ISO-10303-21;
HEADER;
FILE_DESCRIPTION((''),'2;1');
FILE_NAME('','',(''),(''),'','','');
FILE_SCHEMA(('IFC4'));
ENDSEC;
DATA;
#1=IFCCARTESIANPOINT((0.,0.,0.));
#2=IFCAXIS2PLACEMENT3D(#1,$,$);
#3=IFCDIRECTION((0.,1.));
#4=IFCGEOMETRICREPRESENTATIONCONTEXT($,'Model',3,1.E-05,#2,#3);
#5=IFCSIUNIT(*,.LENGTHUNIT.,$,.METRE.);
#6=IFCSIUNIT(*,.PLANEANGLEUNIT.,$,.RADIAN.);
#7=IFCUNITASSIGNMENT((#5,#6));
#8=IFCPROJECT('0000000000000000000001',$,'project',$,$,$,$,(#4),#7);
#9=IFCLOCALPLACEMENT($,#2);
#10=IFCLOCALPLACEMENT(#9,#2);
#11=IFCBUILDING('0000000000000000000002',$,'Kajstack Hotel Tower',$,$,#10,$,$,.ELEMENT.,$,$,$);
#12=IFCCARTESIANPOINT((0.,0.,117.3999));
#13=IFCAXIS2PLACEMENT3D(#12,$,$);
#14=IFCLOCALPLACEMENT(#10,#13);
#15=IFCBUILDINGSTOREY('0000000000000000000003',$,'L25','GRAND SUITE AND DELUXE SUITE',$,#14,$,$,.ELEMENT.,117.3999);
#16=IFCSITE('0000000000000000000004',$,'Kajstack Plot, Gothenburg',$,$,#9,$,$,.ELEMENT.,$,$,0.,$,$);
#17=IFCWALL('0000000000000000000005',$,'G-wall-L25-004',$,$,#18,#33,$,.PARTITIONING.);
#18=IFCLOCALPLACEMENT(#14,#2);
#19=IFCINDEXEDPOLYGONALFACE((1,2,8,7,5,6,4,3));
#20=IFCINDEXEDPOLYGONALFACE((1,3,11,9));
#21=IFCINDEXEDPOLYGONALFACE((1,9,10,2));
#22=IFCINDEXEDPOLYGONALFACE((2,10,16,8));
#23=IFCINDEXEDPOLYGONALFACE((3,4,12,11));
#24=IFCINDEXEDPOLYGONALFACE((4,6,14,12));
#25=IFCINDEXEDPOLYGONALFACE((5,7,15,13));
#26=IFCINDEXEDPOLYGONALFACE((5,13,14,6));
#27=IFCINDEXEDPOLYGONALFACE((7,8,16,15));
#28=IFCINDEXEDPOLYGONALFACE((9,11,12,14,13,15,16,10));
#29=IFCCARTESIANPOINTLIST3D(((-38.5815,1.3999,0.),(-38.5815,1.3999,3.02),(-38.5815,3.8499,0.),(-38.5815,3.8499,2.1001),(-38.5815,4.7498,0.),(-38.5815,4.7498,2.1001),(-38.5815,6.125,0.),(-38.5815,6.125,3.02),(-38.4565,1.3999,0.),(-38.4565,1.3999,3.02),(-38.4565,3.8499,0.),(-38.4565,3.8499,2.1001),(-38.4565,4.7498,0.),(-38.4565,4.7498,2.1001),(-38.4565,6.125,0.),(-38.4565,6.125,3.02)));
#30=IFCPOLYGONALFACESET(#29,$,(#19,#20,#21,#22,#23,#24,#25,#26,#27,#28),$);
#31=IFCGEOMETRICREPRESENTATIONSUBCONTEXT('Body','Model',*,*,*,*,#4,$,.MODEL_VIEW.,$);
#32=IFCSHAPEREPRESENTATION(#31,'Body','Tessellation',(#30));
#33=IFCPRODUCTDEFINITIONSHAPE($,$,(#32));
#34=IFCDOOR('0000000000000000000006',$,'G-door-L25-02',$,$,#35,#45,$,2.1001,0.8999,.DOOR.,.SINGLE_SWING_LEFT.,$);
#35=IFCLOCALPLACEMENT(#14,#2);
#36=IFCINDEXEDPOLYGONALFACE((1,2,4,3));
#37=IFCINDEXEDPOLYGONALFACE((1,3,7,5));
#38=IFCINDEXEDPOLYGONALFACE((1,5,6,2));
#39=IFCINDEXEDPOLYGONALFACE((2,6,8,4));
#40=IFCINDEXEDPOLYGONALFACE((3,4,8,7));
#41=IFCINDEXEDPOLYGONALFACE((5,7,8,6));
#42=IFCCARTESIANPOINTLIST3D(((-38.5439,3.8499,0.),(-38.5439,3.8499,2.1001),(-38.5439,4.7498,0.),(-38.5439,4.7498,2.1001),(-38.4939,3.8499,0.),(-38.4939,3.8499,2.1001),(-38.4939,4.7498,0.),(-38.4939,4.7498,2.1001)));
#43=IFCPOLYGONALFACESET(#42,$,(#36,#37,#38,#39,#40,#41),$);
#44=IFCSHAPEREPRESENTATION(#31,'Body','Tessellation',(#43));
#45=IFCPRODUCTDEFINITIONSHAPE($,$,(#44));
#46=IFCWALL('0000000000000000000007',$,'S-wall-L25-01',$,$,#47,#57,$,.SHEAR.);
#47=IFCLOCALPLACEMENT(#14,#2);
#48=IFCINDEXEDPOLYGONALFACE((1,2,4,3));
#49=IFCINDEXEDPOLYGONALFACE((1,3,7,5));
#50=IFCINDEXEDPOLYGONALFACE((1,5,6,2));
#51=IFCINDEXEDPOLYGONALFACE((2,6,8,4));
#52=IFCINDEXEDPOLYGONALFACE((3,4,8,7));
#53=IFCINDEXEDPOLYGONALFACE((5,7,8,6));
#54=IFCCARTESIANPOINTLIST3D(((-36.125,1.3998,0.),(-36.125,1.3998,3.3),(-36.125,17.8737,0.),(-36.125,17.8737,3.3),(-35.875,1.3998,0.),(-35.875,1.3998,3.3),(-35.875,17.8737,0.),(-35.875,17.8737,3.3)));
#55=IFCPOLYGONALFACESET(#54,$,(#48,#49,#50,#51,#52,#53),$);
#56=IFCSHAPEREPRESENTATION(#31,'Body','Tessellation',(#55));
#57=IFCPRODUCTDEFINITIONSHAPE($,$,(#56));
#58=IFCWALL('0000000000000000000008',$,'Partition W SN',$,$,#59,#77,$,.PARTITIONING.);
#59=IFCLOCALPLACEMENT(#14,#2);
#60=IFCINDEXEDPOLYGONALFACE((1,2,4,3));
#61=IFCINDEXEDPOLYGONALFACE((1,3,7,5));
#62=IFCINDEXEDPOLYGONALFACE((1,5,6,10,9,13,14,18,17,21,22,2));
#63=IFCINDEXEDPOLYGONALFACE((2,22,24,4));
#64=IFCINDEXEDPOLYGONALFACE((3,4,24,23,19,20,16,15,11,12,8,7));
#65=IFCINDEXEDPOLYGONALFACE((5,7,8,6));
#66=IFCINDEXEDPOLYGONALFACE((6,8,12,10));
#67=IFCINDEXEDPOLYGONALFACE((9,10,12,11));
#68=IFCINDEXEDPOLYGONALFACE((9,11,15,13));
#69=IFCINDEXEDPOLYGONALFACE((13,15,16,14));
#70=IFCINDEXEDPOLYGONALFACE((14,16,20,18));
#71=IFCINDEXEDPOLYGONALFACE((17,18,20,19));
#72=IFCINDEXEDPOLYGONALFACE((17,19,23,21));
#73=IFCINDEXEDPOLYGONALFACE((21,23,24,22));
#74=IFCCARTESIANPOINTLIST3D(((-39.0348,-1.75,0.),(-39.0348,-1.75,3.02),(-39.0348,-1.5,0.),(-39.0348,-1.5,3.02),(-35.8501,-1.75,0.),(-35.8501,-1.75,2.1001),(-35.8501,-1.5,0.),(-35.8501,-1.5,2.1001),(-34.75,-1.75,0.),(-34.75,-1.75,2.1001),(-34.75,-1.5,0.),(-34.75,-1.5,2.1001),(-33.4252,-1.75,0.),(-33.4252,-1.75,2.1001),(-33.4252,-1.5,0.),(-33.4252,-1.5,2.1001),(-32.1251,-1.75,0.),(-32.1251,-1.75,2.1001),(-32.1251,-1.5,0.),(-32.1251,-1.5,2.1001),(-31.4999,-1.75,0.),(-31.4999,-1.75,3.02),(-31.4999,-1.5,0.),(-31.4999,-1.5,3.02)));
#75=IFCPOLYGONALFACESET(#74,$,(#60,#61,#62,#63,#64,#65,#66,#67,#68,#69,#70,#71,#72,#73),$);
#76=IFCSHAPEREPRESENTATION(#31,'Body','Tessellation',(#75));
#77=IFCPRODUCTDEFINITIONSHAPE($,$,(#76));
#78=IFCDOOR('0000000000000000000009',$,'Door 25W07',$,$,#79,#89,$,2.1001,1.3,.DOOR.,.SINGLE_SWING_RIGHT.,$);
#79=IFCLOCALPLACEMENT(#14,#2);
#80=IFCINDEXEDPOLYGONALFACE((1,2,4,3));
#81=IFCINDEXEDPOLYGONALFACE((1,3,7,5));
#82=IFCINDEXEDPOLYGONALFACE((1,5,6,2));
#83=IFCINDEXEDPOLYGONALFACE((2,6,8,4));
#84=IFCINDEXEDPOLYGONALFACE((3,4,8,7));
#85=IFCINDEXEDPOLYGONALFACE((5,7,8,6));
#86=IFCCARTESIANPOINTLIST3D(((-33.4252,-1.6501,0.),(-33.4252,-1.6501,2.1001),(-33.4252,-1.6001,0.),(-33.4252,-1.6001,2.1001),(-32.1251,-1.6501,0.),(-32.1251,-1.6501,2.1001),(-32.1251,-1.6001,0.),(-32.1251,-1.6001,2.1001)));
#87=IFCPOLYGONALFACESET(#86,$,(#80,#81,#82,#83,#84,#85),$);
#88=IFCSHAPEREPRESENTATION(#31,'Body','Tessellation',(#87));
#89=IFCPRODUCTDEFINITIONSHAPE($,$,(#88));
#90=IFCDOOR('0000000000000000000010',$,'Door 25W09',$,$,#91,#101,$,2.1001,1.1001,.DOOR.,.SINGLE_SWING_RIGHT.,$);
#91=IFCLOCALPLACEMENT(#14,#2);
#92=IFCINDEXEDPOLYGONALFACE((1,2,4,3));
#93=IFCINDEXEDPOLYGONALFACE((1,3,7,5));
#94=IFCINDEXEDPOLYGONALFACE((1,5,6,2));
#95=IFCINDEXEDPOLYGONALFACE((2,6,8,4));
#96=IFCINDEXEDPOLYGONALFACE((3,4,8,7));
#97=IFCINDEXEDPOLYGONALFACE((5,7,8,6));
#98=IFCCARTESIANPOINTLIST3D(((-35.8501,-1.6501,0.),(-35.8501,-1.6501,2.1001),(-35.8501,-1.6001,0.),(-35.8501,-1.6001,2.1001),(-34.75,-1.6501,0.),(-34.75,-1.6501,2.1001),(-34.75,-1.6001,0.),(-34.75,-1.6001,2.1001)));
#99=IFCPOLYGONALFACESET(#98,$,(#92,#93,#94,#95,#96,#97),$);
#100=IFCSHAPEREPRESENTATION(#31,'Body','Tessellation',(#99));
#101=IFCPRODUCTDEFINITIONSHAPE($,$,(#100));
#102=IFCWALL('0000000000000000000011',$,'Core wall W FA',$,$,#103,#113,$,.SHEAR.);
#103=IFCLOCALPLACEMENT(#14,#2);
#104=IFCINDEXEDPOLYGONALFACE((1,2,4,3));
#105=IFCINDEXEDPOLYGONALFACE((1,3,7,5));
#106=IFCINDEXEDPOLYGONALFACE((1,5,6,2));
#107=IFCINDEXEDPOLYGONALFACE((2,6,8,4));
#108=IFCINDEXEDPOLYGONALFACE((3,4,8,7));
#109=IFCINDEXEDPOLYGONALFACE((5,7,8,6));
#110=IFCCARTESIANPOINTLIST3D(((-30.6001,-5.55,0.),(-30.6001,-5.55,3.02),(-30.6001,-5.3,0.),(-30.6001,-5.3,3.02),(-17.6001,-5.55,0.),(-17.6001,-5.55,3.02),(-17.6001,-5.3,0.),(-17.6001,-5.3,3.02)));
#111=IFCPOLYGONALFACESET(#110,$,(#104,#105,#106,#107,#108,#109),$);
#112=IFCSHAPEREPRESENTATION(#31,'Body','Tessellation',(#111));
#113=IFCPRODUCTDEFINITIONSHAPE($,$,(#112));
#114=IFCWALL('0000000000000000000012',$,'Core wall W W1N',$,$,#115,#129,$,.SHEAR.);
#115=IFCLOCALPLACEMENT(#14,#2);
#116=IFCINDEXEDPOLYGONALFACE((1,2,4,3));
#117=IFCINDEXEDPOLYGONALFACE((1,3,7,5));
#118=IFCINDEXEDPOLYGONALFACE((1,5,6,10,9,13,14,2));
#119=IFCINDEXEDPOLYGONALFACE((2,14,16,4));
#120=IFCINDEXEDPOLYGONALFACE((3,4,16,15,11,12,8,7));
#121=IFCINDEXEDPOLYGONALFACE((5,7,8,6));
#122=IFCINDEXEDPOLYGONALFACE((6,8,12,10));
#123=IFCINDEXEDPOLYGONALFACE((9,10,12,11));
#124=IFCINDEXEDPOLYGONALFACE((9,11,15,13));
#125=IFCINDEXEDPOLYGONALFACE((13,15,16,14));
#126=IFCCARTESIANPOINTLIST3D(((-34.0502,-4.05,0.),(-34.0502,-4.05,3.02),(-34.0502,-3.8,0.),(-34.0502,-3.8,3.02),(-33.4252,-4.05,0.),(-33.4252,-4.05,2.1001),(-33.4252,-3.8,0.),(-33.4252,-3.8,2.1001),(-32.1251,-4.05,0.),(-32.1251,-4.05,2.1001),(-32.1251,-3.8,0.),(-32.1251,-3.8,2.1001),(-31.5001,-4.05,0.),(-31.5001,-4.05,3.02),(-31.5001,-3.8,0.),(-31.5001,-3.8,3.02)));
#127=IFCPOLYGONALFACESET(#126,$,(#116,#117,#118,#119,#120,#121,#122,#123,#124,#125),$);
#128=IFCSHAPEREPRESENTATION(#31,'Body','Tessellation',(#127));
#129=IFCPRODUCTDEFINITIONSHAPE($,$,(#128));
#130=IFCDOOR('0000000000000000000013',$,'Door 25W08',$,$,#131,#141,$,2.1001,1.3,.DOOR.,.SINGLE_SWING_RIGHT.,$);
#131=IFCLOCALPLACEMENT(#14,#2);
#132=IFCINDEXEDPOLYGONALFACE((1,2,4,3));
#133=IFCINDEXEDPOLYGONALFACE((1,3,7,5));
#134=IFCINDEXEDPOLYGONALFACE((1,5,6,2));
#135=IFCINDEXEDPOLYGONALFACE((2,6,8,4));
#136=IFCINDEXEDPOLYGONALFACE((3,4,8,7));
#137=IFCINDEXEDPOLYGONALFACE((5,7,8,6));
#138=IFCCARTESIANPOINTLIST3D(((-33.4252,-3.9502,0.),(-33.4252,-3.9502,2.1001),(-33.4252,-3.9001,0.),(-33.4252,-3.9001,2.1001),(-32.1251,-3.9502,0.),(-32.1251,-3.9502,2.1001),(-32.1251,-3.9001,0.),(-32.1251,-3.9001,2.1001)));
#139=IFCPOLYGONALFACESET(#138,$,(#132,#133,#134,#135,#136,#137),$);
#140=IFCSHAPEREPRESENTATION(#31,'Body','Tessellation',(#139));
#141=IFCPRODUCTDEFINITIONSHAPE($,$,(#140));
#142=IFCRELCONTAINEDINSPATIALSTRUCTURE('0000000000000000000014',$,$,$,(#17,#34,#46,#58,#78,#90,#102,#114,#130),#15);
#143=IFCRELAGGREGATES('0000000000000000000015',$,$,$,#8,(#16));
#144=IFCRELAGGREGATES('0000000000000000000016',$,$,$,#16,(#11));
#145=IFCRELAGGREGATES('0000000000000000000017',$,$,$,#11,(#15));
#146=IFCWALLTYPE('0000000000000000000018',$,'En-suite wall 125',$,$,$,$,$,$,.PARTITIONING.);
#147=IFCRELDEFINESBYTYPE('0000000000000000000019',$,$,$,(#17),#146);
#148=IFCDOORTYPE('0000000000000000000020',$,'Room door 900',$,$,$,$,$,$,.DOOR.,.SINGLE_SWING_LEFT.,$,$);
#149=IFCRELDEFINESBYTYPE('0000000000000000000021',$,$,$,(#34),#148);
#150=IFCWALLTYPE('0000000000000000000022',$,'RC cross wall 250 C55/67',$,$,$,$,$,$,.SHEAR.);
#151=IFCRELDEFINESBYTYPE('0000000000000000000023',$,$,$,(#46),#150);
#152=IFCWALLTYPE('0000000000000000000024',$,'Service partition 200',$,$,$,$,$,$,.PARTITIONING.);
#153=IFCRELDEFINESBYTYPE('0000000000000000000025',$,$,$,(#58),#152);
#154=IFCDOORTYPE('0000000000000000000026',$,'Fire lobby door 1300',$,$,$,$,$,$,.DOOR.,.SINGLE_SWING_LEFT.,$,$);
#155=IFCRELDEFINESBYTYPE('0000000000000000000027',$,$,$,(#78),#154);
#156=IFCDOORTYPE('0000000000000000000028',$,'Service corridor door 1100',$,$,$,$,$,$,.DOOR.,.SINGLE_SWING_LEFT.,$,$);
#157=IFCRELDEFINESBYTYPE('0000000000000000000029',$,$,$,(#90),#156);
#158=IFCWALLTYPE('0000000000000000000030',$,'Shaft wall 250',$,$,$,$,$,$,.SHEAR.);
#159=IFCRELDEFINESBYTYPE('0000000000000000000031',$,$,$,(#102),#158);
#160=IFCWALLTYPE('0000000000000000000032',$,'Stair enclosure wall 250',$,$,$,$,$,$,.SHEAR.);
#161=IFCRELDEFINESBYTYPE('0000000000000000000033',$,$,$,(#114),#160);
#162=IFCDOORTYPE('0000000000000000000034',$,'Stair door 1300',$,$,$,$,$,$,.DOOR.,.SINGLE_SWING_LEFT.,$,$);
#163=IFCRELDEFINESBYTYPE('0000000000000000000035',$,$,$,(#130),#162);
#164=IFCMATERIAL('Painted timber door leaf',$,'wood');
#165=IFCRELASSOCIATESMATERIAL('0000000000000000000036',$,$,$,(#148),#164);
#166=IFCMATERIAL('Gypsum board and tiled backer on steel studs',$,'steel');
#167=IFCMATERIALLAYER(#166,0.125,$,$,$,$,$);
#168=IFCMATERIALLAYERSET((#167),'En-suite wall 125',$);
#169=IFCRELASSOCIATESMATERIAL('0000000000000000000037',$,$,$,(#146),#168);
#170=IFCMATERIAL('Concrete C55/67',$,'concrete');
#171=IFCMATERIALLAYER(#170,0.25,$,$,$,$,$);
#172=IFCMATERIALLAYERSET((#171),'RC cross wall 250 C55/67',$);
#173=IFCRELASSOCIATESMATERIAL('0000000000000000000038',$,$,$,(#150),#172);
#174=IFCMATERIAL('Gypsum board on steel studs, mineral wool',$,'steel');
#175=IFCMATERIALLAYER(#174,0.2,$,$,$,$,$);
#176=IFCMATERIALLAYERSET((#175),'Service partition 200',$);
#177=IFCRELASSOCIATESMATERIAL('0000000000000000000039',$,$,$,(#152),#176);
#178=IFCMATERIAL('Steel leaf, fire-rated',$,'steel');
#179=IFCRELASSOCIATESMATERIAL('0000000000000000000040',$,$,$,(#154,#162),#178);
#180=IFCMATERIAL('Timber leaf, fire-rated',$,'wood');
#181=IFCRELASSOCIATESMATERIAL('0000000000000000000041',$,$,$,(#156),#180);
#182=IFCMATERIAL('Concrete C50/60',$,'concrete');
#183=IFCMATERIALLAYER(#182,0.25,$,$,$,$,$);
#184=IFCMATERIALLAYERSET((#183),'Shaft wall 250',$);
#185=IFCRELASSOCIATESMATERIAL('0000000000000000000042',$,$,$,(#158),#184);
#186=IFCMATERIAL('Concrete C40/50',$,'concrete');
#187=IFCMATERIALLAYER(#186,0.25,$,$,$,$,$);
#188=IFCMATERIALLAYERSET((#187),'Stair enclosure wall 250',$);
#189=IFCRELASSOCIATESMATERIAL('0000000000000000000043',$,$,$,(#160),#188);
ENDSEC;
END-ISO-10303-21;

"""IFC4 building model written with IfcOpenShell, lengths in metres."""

from ifc_helpers import new_model, si_unit, direction, frame, frame_2d, origin, place, context, subcontext, project, spatial, rectangle, extrude, material, layer, layer_set, type_object, element, fill, save


model = new_model("IFC4")

# Units and contexts
model_context = context("Model", 3, precision=1e-05, world=origin(), true_north=direction((0.0, 1.0)))
body_context = subcontext(model_context, "Body", "Model", "MODEL_VIEW")
ifc_project = project(units=[si_unit("LENGTHUNIT", "METRE"), si_unit("PLANEANGLEUNIT", "RADIAN")], contexts=[model_context])

# Site, building, storey
site_placement = place(None, origin())
site = spatial("IfcSite", under=ifc_project, at=site_placement, Name="Kajstack Plot, Gothenburg", CompositionType="ELEMENT", RefElevation=0.0)
building_placement = place(site_placement, origin())
building = spatial("IfcBuilding", under=site, at=building_placement, Name="Kajstack Hotel Tower", CompositionType="ELEMENT")
storey_placement = place(building_placement, frame((0.0, 0.0, 117.3999)))
storey = spatial("IfcBuildingStorey", under=building, at=storey_placement, Name="L25", Description="GRAND SUITE AND DELUXE SUITE", CompositionType="ELEMENT", Elevation=117.3999)

# Shared definitions
ifc_material_1 = material(Name="Gypsum board on steel studs, mineral wool", Category="steel")
ifc_material_2 = material(Name="Painted timber door leaf", Category="wood")
door_type_1 = type_object("IfcDoorType", Name="Room door 900", OperationType="SINGLE_SWING_LEFT", PredefinedType="DOOR", material=ifc_material_2)

# Wall, opening, door
ifc_material_3 = material(Name="Gypsum board and tiled backer on steel studs", Category="steel")
ifc_layer_1 = layer(ifc_material_3, 0.125)
ifc_layer_set_1 = layer_set([ifc_layer_1], Name="En-suite wall 125")
wall_type_1 = type_object("IfcWallType", Name="En-suite wall 125", PredefinedType="PARTITIONING", material=ifc_layer_set_1)
wall_1_placement = place(storey_placement, frame((-38.519, 1.3999, 0.0), z_axis=(0.0, 0.0, 1.0), x_axis=(0.0, 1.0, 0.0)))
wall_1 = element("IfcWall", 1, at=wall_1_placement, inside=storey, type_object=wall_type_1, Name="G-wall-L25-004", PredefinedType="PARTITIONING", context=body_context, shape_type="SweptSolid", body=[
    extrude(rectangle(XDim=4.7251, YDim=0.125, at=frame_2d((2.3625, 0.0))), origin(), (0.0, 0.0, 1.0), 3.02),
])
opening_1_placement = place(wall_1_placement, frame((2.45, 0.0, 0.0)))
opening_1 = element("IfcOpeningElement", 2, at=opening_1_placement, cuts=wall_1, PredefinedType="OPENING", context=body_context, shape_type="SweptSolid", body=[
    extrude(rectangle(XDim=0.8999, YDim=2.1001, at=frame_2d((0.45, 1.05))), frame((0.0, 0.0725, 0.0), z_axis=(0.0, -1.0, 0.0), x_axis=(1.0, 0.0, 0.0)), (0.0, 0.0, 1.0), 0.145),
])
door_1_placement = place(opening_1_placement, origin())
door_1 = element("IfcDoor", 3, at=door_1_placement, inside=storey, type_object=door_type_1, Name="G-door-L25-02", OperationType="SINGLE_SWING_LEFT", OverallHeight=2.1001, OverallWidth=0.8999, PredefinedType="DOOR", context=body_context, shape_type="SweptSolid", body=[
    extrude(rectangle(XDim=0.8999, YDim=2.1001, at=frame_2d((0.45, 1.05))), frame((0.0, 0.0249, 0.0), z_axis=(0.0, -1.0, 0.0), x_axis=(1.0, 0.0, 0.0)), (0.0, 0.0, 1.0), 0.05),
])
fill(opening_1, door_1)

# Wall
ifc_material_4 = material(Name="Concrete C55/67", Category="concrete")
ifc_layer_2 = layer(ifc_material_4, 0.25)
ifc_layer_set_2 = layer_set([ifc_layer_2], Name="RC cross wall 250 C55/67")
wall_type_2 = type_object("IfcWallType", Name="RC cross wall 250 C55/67", PredefinedType="SHEAR", material=ifc_layer_set_2)
wall_2_placement = place(storey_placement, frame((-36.0, 1.3999, 0.0), z_axis=(0.0, 0.0, 1.0), x_axis=(0.0, 1.0, 0.0)))
element("IfcWall", 4, at=wall_2_placement, inside=storey, type_object=wall_type_2, Name="S-wall-L25-01", PredefinedType="SHEAR", context=body_context, shape_type="SweptSolid", body=[
    extrude(rectangle(XDim=16.4739, YDim=0.25, at=frame_2d((8.2368, 0.0))), origin(), (0.0, 0.0, 1.0), 3.3),
])

# Wall, openings, doors
ifc_layer_3 = layer(ifc_material_1, 0.2)
ifc_layer_set_3 = layer_set([ifc_layer_3], Name="Service partition 200")
wall_type_3 = type_object("IfcWallType", Name="Service partition 200", PredefinedType="PARTITIONING", material=ifc_layer_set_3)
wall_3_placement = place(storey_placement, frame((-39.0349, -1.625, 0.0), z_axis=(0.0, 0.0, 1.0), x_axis=(1.0, 0.0, 0.0)))
wall_3 = element("IfcWall", 5, at=wall_3_placement, inside=storey, type_object=wall_type_3, Name="Partition W SN", PredefinedType="PARTITIONING", context=body_context, shape_type="SweptSolid", body=[
    extrude(rectangle(XDim=7.5349, YDim=0.25, at=frame_2d((3.7676, 0.0))), origin(), (0.0, 0.0, 1.0), 3.02),
])
opening_2_placement = place(wall_3_placement, frame((5.6099, 0.0, 0.0)))
opening_2 = element("IfcOpeningElement", 6, at=opening_2_placement, cuts=wall_3, PredefinedType="OPENING", context=body_context, shape_type="SweptSolid", body=[
    extrude(rectangle(XDim=1.3, YDim=2.1001, at=frame_2d((0.6499, 1.05))), frame((0.0, 0.135, 0.0), z_axis=(0.0, -1.0, 0.0), x_axis=(1.0, 0.0, 0.0)), (0.0, 0.0, 1.0), 0.27),
])
opening_3_placement = place(wall_3_placement, frame((3.1848, 0.0, 0.0)))
opening_3 = element("IfcOpeningElement", 7, at=opening_3_placement, cuts=wall_3, PredefinedType="OPENING", context=body_context, shape_type="SweptSolid", body=[
    extrude(rectangle(XDim=1.1001, YDim=2.1001, at=frame_2d((0.55, 1.05))), frame((0.0, 0.135, 0.0), z_axis=(0.0, -1.0, 0.0), x_axis=(1.0, 0.0, 0.0)), (0.0, 0.0, 1.0), 0.27),
])
ifc_material_5 = material(Name="Steel leaf, fire-rated", Category="steel")
door_type_2 = type_object("IfcDoorType", Name="Fire lobby door 1300", OperationType="SINGLE_SWING_LEFT", PredefinedType="DOOR", material=ifc_material_5)
door_2_placement = place(opening_2_placement, origin())
door_2 = element("IfcDoor", 8, at=door_2_placement, inside=storey, type_object=door_type_2, Name="Door 25W07", OperationType="SINGLE_SWING_RIGHT", OverallHeight=2.1001, OverallWidth=1.3, PredefinedType="DOOR", context=body_context, shape_type="SweptSolid", body=[
    extrude(rectangle(XDim=1.3, YDim=2.1001, at=frame_2d((0.6499, 1.05))), frame((0.0, 0.0249, 0.0), z_axis=(0.0, -1.0, 0.0), x_axis=(1.0, 0.0, 0.0)), (0.0, 0.0, 1.0), 0.05),
])
fill(opening_2, door_2)
ifc_material_6 = material(Name="Timber leaf, fire-rated", Category="wood")
door_type_3 = type_object("IfcDoorType", Name="Service corridor door 1100", OperationType="SINGLE_SWING_LEFT", PredefinedType="DOOR", material=ifc_material_6)
door_3_placement = place(opening_3_placement, origin())
door_3 = element("IfcDoor", 9, at=door_3_placement, inside=storey, type_object=door_type_3, Name="Door 25W09", OperationType="SINGLE_SWING_RIGHT", OverallHeight=2.1001, OverallWidth=1.1001, PredefinedType="DOOR", context=body_context, shape_type="SweptSolid", body=[
    extrude(rectangle(XDim=1.1001, YDim=2.1001, at=frame_2d((0.55, 1.05))), frame((0.0, 0.0249, 0.0), z_axis=(0.0, -1.0, 0.0), x_axis=(1.0, 0.0, 0.0)), (0.0, 0.0, 1.0), 0.05),
])
fill(opening_3, door_3)

# Wall
ifc_material_7 = material(Name="Concrete C50/60", Category="concrete")
ifc_layer_4 = layer(ifc_material_7, 0.25)
ifc_layer_set_4 = layer_set([ifc_layer_4], Name="Shaft wall 250")
wall_type_4 = type_object("IfcWallType", Name="Shaft wall 250", PredefinedType="SHEAR", material=ifc_layer_set_4)
wall_4_placement = place(storey_placement, frame((-30.6001, -5.425, 0.0), z_axis=(0.0, 0.0, 1.0), x_axis=(1.0, 0.0, 0.0)))
element("IfcWall", 10, at=wall_4_placement, inside=storey, type_object=wall_type_4, Name="Core wall W FA", PredefinedType="SHEAR", context=body_context, shape_type="SweptSolid", body=[
    extrude(rectangle(XDim=13.0, YDim=0.25, at=frame_2d((6.5, 0.0))), origin(), (0.0, 0.0, 1.0), 3.02),
])

# Wall, opening, door
ifc_material_8 = material(Name="Concrete C40/50", Category="concrete")
ifc_layer_5 = layer(ifc_material_8, 0.25)
ifc_layer_set_5 = layer_set([ifc_layer_5], Name="Stair enclosure wall 250")
wall_type_5 = type_object("IfcWallType", Name="Stair enclosure wall 250", PredefinedType="SHEAR", material=ifc_layer_set_5)
wall_5_placement = place(storey_placement, frame((-34.05, -3.925, 0.0), z_axis=(0.0, 0.0, 1.0), x_axis=(1.0, 0.0, 0.0)))
wall_5 = element("IfcWall", 11, at=wall_5_placement, inside=storey, type_object=wall_type_5, Name="Core wall W W1N", PredefinedType="SHEAR", context=body_context, shape_type="SweptSolid", body=[
    extrude(rectangle(XDim=2.55, YDim=0.25, at=frame_2d((1.2749, 0.0))), origin(), (0.0, 0.0, 1.0), 3.02),
])
opening_4_placement = place(wall_5_placement, frame((0.625, 0.0, 0.0)))
opening_4 = element("IfcOpeningElement", 12, at=opening_4_placement, cuts=wall_5, PredefinedType="OPENING", context=body_context, shape_type="SweptSolid", body=[
    extrude(rectangle(XDim=1.3, YDim=2.1001, at=frame_2d((0.6499, 1.05))), frame((0.0, 0.135, 0.0), z_axis=(0.0, -1.0, 0.0), x_axis=(1.0, 0.0, 0.0)), (0.0, 0.0, 1.0), 0.27),
])
door_type_4 = type_object("IfcDoorType", Name="Stair door 1300", OperationType="SINGLE_SWING_LEFT", PredefinedType="DOOR", material=ifc_material_5)
door_4_placement = place(opening_4_placement, origin())
door_4 = element("IfcDoor", 13, at=door_4_placement, inside=storey, type_object=door_type_4, Name="Door 25W08", OperationType="SINGLE_SWING_RIGHT", OverallHeight=2.1001, OverallWidth=1.3, PredefinedType="DOOR", context=body_context, shape_type="SweptSolid", body=[
    extrude(rectangle(XDim=1.3, YDim=2.1001, at=frame_2d((0.6499, 1.05))), frame((0.0, 0.0249, 0.0), z_axis=(0.0, -1.0, 0.0), x_axis=(1.0, 0.0, 0.0)), (0.0, 0.0, 1.0), 0.05),
])
fill(opening_4, door_4)

save(model, "model.ifc")
